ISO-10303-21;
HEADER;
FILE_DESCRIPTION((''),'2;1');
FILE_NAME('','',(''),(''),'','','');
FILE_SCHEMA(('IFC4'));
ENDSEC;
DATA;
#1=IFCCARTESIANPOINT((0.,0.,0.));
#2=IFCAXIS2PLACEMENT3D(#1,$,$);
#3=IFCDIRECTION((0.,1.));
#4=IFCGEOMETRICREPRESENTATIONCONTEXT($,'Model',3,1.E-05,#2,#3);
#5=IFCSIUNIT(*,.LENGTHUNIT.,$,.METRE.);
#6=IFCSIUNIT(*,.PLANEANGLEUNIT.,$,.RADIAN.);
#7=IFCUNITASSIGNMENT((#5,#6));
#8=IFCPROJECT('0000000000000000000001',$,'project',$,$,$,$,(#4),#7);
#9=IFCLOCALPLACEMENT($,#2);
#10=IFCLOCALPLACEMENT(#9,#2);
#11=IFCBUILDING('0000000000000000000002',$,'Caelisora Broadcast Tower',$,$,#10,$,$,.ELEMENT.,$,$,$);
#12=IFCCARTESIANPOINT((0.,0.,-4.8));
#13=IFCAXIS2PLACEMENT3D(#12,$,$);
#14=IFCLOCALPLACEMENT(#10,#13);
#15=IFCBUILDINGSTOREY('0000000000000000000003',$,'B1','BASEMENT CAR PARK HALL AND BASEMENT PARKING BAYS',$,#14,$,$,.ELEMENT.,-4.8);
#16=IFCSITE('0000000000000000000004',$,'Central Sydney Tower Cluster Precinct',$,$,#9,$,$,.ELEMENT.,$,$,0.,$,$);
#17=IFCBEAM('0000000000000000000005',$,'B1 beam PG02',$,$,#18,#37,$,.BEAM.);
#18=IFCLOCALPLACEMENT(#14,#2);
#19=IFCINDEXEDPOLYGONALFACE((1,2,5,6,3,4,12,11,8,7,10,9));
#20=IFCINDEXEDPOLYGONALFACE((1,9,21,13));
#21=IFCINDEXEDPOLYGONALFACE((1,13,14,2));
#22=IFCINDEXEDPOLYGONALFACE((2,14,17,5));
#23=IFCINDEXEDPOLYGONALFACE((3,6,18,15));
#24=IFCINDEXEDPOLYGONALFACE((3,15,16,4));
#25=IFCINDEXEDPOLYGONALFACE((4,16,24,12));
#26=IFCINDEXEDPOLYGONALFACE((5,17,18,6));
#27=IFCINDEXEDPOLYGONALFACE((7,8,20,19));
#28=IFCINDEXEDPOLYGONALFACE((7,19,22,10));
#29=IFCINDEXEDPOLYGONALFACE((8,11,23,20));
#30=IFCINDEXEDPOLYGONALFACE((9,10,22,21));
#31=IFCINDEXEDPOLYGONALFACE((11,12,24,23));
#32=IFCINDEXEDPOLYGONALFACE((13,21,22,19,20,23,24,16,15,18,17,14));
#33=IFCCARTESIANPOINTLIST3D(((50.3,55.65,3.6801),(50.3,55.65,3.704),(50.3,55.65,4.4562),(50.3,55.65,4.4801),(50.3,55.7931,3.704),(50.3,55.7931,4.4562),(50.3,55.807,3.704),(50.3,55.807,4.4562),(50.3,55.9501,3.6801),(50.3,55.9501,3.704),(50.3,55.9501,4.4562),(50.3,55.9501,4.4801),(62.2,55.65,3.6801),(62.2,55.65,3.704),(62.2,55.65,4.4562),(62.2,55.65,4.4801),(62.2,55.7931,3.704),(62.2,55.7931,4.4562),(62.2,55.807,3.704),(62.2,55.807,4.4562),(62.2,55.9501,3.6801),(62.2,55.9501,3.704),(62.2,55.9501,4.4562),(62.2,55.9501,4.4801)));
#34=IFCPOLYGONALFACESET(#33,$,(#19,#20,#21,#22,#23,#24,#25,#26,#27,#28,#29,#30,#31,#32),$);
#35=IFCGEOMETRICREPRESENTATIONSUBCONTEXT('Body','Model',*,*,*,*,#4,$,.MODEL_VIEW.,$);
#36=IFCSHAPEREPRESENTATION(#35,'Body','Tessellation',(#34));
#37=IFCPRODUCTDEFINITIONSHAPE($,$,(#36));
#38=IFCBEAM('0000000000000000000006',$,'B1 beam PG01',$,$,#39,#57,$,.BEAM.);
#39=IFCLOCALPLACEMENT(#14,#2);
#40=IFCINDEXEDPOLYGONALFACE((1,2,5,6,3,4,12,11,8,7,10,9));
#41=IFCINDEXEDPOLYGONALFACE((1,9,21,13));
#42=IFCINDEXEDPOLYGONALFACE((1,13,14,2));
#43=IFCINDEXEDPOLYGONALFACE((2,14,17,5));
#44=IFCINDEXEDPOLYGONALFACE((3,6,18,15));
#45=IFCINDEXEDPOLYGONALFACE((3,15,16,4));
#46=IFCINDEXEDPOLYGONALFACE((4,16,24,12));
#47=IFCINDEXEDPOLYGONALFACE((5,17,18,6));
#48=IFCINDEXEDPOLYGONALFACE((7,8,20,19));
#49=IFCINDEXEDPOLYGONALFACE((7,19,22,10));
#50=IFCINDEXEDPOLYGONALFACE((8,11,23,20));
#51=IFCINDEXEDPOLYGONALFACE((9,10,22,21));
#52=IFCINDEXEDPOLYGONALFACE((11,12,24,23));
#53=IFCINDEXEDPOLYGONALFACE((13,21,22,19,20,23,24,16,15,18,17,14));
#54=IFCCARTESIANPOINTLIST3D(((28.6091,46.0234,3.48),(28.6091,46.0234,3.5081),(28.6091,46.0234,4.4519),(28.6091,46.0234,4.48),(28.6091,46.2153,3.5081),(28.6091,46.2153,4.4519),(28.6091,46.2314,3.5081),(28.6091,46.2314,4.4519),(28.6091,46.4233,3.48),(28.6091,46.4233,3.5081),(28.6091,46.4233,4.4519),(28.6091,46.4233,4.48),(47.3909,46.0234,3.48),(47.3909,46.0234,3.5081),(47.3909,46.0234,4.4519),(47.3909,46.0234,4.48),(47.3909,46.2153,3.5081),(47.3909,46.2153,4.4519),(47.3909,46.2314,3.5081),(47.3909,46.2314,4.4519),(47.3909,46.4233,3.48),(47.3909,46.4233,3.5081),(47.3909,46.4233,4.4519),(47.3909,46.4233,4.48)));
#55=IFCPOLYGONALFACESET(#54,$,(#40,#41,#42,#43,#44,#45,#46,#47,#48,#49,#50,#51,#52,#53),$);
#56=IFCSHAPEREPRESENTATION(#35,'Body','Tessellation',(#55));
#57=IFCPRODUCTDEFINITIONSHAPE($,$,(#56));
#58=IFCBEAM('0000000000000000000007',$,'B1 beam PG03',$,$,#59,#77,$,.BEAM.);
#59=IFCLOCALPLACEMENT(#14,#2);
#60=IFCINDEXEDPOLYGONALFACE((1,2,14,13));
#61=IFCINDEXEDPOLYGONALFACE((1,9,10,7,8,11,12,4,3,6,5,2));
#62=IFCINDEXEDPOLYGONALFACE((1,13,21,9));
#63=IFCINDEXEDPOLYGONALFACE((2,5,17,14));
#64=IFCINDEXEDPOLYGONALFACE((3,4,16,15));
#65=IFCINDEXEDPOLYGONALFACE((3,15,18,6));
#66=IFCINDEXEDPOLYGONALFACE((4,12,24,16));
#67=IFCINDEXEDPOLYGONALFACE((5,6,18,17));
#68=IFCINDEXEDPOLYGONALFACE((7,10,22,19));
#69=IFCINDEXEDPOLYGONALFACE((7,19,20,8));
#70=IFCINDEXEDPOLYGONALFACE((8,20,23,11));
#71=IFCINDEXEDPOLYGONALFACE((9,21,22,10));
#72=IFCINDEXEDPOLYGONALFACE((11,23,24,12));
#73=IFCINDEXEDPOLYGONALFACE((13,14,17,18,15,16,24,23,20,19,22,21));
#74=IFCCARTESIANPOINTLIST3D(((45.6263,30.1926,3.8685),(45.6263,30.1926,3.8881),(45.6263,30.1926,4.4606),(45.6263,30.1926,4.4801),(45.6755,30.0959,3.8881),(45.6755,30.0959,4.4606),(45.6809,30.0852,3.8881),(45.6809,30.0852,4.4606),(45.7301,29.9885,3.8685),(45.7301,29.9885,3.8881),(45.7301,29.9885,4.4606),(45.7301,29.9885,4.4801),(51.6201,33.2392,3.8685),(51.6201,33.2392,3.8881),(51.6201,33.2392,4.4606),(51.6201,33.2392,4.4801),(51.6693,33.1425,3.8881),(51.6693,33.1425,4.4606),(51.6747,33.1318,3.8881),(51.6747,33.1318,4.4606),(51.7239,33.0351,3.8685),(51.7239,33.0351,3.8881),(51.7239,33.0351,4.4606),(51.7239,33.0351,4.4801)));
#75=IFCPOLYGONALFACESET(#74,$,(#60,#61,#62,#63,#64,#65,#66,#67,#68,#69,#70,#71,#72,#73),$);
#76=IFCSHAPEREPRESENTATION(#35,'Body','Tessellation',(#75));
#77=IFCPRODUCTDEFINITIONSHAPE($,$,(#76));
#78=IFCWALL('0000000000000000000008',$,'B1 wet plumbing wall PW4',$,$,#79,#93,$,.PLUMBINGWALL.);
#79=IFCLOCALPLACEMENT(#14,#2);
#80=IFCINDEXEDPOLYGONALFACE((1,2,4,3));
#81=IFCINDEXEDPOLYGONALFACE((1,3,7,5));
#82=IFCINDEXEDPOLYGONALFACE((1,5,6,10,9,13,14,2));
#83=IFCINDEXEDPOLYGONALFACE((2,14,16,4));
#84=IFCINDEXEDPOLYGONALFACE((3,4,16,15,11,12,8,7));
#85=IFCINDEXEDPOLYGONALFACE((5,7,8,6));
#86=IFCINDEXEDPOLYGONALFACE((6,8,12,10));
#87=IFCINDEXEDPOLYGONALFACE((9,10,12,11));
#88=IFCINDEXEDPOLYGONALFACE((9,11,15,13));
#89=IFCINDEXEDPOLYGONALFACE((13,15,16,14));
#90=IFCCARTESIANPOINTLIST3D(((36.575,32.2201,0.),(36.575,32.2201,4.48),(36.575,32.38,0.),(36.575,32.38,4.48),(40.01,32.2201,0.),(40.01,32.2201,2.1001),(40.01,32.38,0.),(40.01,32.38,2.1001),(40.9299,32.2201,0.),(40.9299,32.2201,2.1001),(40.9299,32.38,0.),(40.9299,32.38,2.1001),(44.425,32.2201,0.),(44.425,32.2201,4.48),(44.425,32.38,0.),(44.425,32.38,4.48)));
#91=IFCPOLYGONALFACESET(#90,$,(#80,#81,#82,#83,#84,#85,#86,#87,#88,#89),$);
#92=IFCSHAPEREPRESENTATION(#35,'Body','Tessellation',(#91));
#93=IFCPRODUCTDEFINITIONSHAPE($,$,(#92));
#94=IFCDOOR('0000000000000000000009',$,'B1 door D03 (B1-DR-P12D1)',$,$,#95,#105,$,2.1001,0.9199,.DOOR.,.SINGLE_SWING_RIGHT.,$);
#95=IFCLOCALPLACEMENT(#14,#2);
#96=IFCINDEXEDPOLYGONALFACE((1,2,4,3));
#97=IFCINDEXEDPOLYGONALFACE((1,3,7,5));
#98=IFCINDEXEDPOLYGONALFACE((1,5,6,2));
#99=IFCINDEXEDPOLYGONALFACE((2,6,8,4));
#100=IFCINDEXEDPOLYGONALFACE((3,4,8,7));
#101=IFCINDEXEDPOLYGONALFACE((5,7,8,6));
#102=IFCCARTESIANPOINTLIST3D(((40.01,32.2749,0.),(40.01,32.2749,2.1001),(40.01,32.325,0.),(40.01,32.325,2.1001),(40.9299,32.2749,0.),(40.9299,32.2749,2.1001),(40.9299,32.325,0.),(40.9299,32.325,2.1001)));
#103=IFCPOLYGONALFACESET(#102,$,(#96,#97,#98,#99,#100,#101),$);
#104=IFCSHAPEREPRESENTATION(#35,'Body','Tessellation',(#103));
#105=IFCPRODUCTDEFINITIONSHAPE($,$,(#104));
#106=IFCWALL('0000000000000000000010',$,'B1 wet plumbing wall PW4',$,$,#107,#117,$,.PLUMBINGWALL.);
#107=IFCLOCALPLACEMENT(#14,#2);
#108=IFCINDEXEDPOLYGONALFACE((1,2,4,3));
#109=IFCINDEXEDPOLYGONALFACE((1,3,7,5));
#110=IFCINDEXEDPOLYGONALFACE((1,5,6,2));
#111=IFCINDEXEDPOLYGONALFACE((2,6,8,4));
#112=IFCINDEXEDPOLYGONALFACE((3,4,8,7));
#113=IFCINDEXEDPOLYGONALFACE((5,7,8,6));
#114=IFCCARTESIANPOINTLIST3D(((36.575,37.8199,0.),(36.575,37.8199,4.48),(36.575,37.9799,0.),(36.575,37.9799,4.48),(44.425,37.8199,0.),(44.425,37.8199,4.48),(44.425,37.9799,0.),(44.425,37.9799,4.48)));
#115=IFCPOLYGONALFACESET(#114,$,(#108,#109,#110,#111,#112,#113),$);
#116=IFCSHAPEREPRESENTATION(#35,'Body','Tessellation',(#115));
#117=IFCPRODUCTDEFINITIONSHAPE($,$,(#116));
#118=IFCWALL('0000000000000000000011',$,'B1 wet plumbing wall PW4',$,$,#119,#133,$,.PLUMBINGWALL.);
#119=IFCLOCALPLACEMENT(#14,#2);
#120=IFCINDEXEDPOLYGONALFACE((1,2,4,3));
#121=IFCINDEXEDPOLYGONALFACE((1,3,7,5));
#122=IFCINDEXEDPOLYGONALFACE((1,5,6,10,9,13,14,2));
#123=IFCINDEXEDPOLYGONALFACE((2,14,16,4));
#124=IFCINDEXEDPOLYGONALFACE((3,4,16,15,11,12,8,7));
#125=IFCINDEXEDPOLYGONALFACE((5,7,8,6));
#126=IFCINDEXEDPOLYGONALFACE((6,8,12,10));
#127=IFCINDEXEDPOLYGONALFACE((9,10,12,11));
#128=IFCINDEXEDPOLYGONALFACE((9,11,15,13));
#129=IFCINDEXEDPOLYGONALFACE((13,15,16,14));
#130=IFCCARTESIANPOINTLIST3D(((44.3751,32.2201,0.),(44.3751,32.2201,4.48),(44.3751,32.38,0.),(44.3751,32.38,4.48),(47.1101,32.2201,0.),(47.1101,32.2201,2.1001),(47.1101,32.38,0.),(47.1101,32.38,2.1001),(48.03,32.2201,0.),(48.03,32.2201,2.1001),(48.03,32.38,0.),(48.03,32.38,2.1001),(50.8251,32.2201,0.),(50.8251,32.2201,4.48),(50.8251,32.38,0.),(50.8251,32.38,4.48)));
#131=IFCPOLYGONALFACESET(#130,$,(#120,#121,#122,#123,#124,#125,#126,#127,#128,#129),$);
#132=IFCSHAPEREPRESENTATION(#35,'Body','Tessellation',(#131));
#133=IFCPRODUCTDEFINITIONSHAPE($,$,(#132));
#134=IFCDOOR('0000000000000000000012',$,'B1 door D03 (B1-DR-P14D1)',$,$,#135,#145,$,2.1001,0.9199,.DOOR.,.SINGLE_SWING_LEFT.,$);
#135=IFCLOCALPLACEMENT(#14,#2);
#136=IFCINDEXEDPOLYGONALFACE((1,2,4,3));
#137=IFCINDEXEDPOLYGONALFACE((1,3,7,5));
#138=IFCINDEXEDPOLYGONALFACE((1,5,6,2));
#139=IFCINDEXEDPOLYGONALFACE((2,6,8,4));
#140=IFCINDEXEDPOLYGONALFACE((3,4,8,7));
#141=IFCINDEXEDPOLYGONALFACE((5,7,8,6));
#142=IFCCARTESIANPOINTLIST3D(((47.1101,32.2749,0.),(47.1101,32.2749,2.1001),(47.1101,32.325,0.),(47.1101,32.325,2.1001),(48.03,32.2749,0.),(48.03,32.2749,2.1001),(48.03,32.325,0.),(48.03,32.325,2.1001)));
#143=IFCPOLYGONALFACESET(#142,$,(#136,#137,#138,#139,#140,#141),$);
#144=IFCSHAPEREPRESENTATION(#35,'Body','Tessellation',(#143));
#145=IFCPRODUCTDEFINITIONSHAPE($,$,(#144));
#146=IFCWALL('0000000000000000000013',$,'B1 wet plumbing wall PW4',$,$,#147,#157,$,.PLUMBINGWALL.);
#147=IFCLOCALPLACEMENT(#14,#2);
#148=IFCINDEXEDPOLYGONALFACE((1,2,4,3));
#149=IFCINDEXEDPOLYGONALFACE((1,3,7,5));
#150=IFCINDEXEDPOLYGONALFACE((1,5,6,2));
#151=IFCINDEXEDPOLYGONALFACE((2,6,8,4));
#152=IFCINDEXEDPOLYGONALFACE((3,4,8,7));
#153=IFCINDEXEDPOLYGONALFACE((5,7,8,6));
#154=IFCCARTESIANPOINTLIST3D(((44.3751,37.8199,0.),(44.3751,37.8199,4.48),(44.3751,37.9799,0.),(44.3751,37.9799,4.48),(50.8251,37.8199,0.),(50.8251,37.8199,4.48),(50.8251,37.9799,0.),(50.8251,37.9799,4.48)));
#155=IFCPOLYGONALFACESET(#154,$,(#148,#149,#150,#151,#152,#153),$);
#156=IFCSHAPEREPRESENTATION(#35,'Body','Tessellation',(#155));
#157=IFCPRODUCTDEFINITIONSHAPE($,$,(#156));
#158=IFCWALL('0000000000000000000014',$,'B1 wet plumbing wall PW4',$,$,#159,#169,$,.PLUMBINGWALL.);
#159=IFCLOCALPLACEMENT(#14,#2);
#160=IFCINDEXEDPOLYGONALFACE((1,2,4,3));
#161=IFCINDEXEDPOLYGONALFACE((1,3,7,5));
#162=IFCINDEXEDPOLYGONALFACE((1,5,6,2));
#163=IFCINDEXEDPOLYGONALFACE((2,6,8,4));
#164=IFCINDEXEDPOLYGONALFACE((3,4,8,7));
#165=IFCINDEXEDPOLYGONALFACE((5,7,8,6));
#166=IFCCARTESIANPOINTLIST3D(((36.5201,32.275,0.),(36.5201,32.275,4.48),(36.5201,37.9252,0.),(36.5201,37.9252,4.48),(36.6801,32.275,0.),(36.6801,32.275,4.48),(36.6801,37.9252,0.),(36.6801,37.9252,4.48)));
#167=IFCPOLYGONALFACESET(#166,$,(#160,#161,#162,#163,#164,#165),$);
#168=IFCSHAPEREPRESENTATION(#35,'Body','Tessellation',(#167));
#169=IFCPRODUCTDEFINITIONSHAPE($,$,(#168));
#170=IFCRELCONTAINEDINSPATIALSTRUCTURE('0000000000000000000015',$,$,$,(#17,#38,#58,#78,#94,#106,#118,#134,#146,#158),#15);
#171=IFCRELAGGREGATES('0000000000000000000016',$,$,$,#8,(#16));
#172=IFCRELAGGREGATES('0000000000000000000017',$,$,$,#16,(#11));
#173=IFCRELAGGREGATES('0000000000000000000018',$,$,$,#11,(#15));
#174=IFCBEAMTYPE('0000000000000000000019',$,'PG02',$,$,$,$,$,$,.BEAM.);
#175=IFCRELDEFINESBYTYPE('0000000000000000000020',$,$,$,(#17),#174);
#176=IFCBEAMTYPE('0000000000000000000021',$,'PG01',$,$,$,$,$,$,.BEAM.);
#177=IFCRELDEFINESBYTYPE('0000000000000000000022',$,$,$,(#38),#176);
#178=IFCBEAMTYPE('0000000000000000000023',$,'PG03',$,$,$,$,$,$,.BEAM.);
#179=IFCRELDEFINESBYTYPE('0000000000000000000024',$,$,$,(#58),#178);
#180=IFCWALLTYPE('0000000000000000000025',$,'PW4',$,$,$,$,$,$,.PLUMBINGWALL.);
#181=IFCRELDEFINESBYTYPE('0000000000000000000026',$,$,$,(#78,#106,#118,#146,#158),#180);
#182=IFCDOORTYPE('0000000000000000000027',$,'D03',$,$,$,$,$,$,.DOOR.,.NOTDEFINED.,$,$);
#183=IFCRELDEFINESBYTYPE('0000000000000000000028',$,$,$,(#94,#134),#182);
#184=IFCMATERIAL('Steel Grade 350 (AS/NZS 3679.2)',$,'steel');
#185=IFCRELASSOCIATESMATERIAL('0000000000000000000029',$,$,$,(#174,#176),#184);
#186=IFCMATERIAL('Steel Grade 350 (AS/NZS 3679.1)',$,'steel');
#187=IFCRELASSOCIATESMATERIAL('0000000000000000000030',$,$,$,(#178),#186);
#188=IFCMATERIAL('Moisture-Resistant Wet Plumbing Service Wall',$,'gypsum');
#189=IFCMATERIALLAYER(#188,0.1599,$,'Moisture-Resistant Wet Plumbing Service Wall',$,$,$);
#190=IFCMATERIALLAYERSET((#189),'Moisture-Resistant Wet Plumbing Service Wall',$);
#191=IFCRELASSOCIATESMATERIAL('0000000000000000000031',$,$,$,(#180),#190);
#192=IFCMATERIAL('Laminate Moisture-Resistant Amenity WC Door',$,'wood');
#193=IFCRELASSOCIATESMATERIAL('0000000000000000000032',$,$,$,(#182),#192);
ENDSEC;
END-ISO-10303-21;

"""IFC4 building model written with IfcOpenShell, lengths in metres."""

from ifc_helpers import new_model, si_unit, direction, frame, frame_2d, origin, origin_2d, place, context, subcontext, project, spatial, rectangle, i_section, extrude, source, transform, mapped, material, layer, layer_set, material_profile, profile_set, type_object, type_shapes, element, fill, save


model = new_model("IFC4")

# Units and contexts
model_context = context("Model", 3, precision=1e-05, world=origin(), true_north=direction((0.0, 1.0)))
body_context = subcontext(model_context, "Body", "Model", "MODEL_VIEW")
ifc_project = project(units=[si_unit("LENGTHUNIT", "METRE"), si_unit("PLANEANGLEUNIT", "RADIAN")], contexts=[model_context])

# Site, building, storey
site_placement = place(None, origin())
site = spatial("IfcSite", under=ifc_project, at=site_placement, Name="Central Sydney Tower Cluster Precinct", CompositionType="ELEMENT", RefElevation=0.0)
building_placement = place(site_placement, origin())
building = spatial("IfcBuilding", under=site, at=building_placement, Name="Caelisora Broadcast Tower", CompositionType="ELEMENT")
storey_placement = place(building_placement, frame((0.0, 0.0, -4.8)))
storey = spatial("IfcBuildingStorey", under=building, at=storey_placement, Name="B1", Description="BASEMENT CAR PARK HALL AND BASEMENT PARKING BAYS", CompositionType="ELEMENT", Elevation=-4.8)

# Beams
ifc_material_1 = material(Name="Steel Grade 350 (AS/NZS 3679.2)", Category="steel")
ifc_material_profile_1 = material_profile(ifc_material_1, i_section(OverallWidth=0.3, OverallDepth=0.8, WebThickness=0.0139, FlangeThickness=0.0239, at=origin_2d()), Name="Steel Grade 350 (AS/NZS 3679.2)")
ifc_profile_set_1 = profile_set([ifc_material_profile_1], Name="Steel Grade 350 (AS/NZS 3679.2)")
beam_type_1 = type_object("IfcBeamType", Name="PG02", PredefinedType="BEAM", material=ifc_profile_set_1)
shared_shape_1 = source(origin(), body_context, "Body", "SweptSolid", [
    extrude(i_section(OverallWidth=0.3, OverallDepth=0.8, WebThickness=0.0139, FlangeThickness=0.0239, at=origin_2d()), origin(), (0.0, 0.0, 1.0), 11.8999),
])
type_shapes(beam_type_1, [shared_shape_1])
beam_1_placement = place(storey_placement, frame((50.3, 55.8, 4.0801), z_axis=(1.0, 0.0, 0.0), x_axis=(0.0, 1.0, 0.0)))
element("IfcBeam", 1, at=beam_1_placement, inside=storey, type_object=beam_type_1, Name="B1 beam PG02", PredefinedType="BEAM", context=body_context, shape_type="MappedRepresentation", body=[
    mapped(shared_shape_1, transform((0.0, 0.0, 0.0), scale=1.0)),
])
ifc_material_profile_2 = material_profile(ifc_material_1, i_section(OverallWidth=0.3999, OverallDepth=1.0, WebThickness=0.0161, FlangeThickness=0.0281, at=origin_2d()), Name="Steel Grade 350 (AS/NZS 3679.2)")
ifc_profile_set_2 = profile_set([ifc_material_profile_2], Name="Steel Grade 350 (AS/NZS 3679.2)")
beam_type_2 = type_object("IfcBeamType", Name="PG01", PredefinedType="BEAM", material=ifc_profile_set_2)
shared_shape_2 = source(origin(), body_context, "Body", "SweptSolid", [
    extrude(i_section(OverallWidth=0.3999, OverallDepth=1.0, WebThickness=0.0161, FlangeThickness=0.0281, at=origin_2d()), origin(), (0.0, 0.0, 1.0), 18.7817),
])
type_shapes(beam_type_2, [shared_shape_2])
beam_2_placement = place(storey_placement, frame((47.3909, 46.2234, 3.98), z_axis=(-1.0, 0.0, 0.0), x_axis=(0.0, -1.0, 0.0)))
element("IfcBeam", 2, at=beam_2_placement, inside=storey, type_object=beam_type_2, Name="B1 beam PG01", PredefinedType="BEAM", context=body_context, shape_type="MappedRepresentation", body=[
    mapped(shared_shape_2, transform((0.0, 0.0, 0.0), scale=1.0)),
])
ifc_material_2 = material(Name="Steel Grade 350 (AS/NZS 3679.1)", Category="steel")
ifc_material_profile_3 = material_profile(ifc_material_2, i_section(OverallWidth=0.229, OverallDepth=0.6116, WebThickness=0.012, FlangeThickness=0.0195, at=origin_2d()), Name="Steel Grade 350 (AS/NZS 3679.1)")
ifc_profile_set_3 = profile_set([ifc_material_profile_3], Name="Steel Grade 350 (AS/NZS 3679.1)")
beam_type_3 = type_object("IfcBeamType", Name="PG03", PredefinedType="BEAM", material=ifc_profile_set_3)
shared_shape_3 = source(origin(), body_context, "Body", "SweptSolid", [
    extrude(i_section(OverallWidth=0.229, OverallDepth=0.6116, WebThickness=0.012, FlangeThickness=0.0195, at=origin_2d()), origin(), (0.0, 0.0, 1.0), 6.7236),
])
type_shapes(beam_type_3, [shared_shape_3])
beam_3_placement = place(storey_placement, frame((45.6782, 30.0906, 4.1743), z_axis=(0.891452, 0.453115, 0.0), x_axis=(-0.453115, 0.891452, 0.0)))
element("IfcBeam", 3, at=beam_3_placement, inside=storey, type_object=beam_type_3, Name="B1 beam PG03", PredefinedType="BEAM", context=body_context, shape_type="MappedRepresentation", body=[
    mapped(shared_shape_3, transform((0.0, 0.0, 0.0), scale=1.0)),
])

# Wall, opening, door
ifc_material_3 = material(Name="Moisture-Resistant Wet Plumbing Service Wall", Category="gypsum")
ifc_layer = layer(ifc_material_3, 0.1599, Name="Moisture-Resistant Wet Plumbing Service Wall")
ifc_layer_set = layer_set([ifc_layer], Name="Moisture-Resistant Wet Plumbing Service Wall")
wall_type = type_object("IfcWallType", Name="PW4", PredefinedType="PLUMBINGWALL", material=ifc_layer_set)
wall_1_placement = place(storey_placement, frame((36.575, 32.3, 0.0), z_axis=(0.0, 0.0, 1.0), x_axis=(1.0, 0.0, 0.0)))
wall_1 = element("IfcWall", 4, at=wall_1_placement, inside=storey, type_object=wall_type, Name="B1 wet plumbing wall PW4", PredefinedType="PLUMBINGWALL", context=body_context, shape_type="SweptSolid", body=[
    extrude(rectangle(XDim=7.8501, YDim=0.1599, at=frame_2d((3.925, 0.0))), origin(), (0.0, 0.0, 1.0), 4.48),
])
opening_1_placement = place(wall_1_placement, frame((3.4351, 0.0, 0.0)))
opening_1 = element("IfcOpeningElement", 5, at=opening_1_placement, cuts=wall_1, PredefinedType="OPENING", context=body_context, shape_type="SweptSolid", body=[
    extrude(rectangle(XDim=0.9199, YDim=2.1001, at=frame_2d((0.46, 1.05))), frame((0.0, 0.092, 0.0), z_axis=(0.0, -1.0, 0.0), x_axis=(1.0, 0.0, 0.0)), (0.0, 0.0, 1.0), 0.1838),
])
ifc_material_4 = material(Name="Laminate Moisture-Resistant Amenity WC Door", Category="wood")
door_type = type_object("IfcDoorType", Name="D03", OperationType="NOTDEFINED", PredefinedType="DOOR", material=ifc_material_4)
door_1_placement = place(opening_1_placement, origin())
door_1 = element("IfcDoor", 6, at=door_1_placement, inside=storey, type_object=door_type, Name="B1 door D03 (B1-DR-P12D1)", OperationType="SINGLE_SWING_RIGHT", OverallHeight=2.1001, OverallWidth=0.9199, PredefinedType="DOOR", context=body_context, shape_type="SweptSolid", body=[
    extrude(rectangle(XDim=0.9199, YDim=2.1001, at=frame_2d((0.46, 1.05))), frame((0.0, 0.0249, 0.0), z_axis=(0.0, -1.0, 0.0), x_axis=(1.0, 0.0, 0.0)), (0.0, 0.0, 1.0), 0.05),
])
fill(opening_1, door_1)

# Wall
wall_2_placement = place(storey_placement, frame((36.575, 37.8999, 0.0), z_axis=(0.0, 0.0, 1.0), x_axis=(1.0, 0.0, 0.0)))
element("IfcWall", 7, at=wall_2_placement, inside=storey, type_object=wall_type, Name="B1 wet plumbing wall PW4", PredefinedType="PLUMBINGWALL", context=body_context, shape_type="SweptSolid", body=[
    extrude(rectangle(XDim=7.8501, YDim=0.1599, at=frame_2d((3.925, 0.0))), origin(), (0.0, 0.0, 1.0), 4.48),
])

# Wall, opening, door
wall_3_placement = place(storey_placement, frame((44.375, 32.3, 0.0), z_axis=(0.0, 0.0, 1.0), x_axis=(1.0, 0.0, 0.0)))
wall_3 = element("IfcWall", 8, at=wall_3_placement, inside=storey, type_object=wall_type, Name="B1 wet plumbing wall PW4", PredefinedType="PLUMBINGWALL", context=body_context, shape_type="SweptSolid", body=[
    extrude(rectangle(XDim=6.45, YDim=0.1599, at=frame_2d((3.2251, 0.0))), origin(), (0.0, 0.0, 1.0), 4.48),
])
opening_2_placement = place(wall_3_placement, frame((2.7351, 0.0, 0.0)))
opening_2 = element("IfcOpeningElement", 9, at=opening_2_placement, cuts=wall_3, PredefinedType="OPENING", context=body_context, shape_type="SweptSolid", body=[
    extrude(rectangle(XDim=0.9199, YDim=2.1001, at=frame_2d((0.46, 1.05))), frame((0.0, 0.092, 0.0), z_axis=(0.0, -1.0, 0.0), x_axis=(1.0, 0.0, 0.0)), (0.0, 0.0, 1.0), 0.1838),
])
door_2_placement = place(opening_2_placement, origin())
door_2 = element("IfcDoor", 10, at=door_2_placement, inside=storey, type_object=door_type, Name="B1 door D03 (B1-DR-P14D1)", OperationType="SINGLE_SWING_LEFT", OverallHeight=2.1001, OverallWidth=0.9199, PredefinedType="DOOR", context=body_context, shape_type="SweptSolid", body=[
    extrude(rectangle(XDim=0.9199, YDim=2.1001, at=frame_2d((0.46, 1.05))), frame((0.0, 0.0249, 0.0), z_axis=(0.0, -1.0, 0.0), x_axis=(1.0, 0.0, 0.0)), (0.0, 0.0, 1.0), 0.05),
])
fill(opening_2, door_2)

# Walls
wall_4_placement = place(storey_placement, frame((44.375, 37.8999, 0.0), z_axis=(0.0, 0.0, 1.0), x_axis=(1.0, 0.0, 0.0)))
element("IfcWall", 11, at=wall_4_placement, inside=storey, type_object=wall_type, Name="B1 wet plumbing wall PW4", PredefinedType="PLUMBINGWALL", context=body_context, shape_type="SweptSolid", body=[
    extrude(rectangle(XDim=6.45, YDim=0.1599, at=frame_2d((3.2251, 0.0))), origin(), (0.0, 0.0, 1.0), 4.48),
])
for number, where, z_axis, x_axis, name in (
    (12, (36.6001, 32.2749, 0.0), (0.0, 0.0, 1.0), (0.0, 1.0, 0.0), "B1 wet plumbing wall PW4"),
):
    element("IfcWall", number, at=place(storey_placement, frame(where, z_axis=z_axis, x_axis=x_axis)), inside=storey, type_object=wall_type, Name=name, PredefinedType="PLUMBINGWALL", context=body_context, shape_type="SweptSolid", body=[
        extrude(rectangle(XDim=5.6501, YDim=0.1599, at=frame_2d((2.8252, 0.0))), origin(), (0.0, 0.0, 1.0), 4.48),
    ])

save(model, "model.ifc")
